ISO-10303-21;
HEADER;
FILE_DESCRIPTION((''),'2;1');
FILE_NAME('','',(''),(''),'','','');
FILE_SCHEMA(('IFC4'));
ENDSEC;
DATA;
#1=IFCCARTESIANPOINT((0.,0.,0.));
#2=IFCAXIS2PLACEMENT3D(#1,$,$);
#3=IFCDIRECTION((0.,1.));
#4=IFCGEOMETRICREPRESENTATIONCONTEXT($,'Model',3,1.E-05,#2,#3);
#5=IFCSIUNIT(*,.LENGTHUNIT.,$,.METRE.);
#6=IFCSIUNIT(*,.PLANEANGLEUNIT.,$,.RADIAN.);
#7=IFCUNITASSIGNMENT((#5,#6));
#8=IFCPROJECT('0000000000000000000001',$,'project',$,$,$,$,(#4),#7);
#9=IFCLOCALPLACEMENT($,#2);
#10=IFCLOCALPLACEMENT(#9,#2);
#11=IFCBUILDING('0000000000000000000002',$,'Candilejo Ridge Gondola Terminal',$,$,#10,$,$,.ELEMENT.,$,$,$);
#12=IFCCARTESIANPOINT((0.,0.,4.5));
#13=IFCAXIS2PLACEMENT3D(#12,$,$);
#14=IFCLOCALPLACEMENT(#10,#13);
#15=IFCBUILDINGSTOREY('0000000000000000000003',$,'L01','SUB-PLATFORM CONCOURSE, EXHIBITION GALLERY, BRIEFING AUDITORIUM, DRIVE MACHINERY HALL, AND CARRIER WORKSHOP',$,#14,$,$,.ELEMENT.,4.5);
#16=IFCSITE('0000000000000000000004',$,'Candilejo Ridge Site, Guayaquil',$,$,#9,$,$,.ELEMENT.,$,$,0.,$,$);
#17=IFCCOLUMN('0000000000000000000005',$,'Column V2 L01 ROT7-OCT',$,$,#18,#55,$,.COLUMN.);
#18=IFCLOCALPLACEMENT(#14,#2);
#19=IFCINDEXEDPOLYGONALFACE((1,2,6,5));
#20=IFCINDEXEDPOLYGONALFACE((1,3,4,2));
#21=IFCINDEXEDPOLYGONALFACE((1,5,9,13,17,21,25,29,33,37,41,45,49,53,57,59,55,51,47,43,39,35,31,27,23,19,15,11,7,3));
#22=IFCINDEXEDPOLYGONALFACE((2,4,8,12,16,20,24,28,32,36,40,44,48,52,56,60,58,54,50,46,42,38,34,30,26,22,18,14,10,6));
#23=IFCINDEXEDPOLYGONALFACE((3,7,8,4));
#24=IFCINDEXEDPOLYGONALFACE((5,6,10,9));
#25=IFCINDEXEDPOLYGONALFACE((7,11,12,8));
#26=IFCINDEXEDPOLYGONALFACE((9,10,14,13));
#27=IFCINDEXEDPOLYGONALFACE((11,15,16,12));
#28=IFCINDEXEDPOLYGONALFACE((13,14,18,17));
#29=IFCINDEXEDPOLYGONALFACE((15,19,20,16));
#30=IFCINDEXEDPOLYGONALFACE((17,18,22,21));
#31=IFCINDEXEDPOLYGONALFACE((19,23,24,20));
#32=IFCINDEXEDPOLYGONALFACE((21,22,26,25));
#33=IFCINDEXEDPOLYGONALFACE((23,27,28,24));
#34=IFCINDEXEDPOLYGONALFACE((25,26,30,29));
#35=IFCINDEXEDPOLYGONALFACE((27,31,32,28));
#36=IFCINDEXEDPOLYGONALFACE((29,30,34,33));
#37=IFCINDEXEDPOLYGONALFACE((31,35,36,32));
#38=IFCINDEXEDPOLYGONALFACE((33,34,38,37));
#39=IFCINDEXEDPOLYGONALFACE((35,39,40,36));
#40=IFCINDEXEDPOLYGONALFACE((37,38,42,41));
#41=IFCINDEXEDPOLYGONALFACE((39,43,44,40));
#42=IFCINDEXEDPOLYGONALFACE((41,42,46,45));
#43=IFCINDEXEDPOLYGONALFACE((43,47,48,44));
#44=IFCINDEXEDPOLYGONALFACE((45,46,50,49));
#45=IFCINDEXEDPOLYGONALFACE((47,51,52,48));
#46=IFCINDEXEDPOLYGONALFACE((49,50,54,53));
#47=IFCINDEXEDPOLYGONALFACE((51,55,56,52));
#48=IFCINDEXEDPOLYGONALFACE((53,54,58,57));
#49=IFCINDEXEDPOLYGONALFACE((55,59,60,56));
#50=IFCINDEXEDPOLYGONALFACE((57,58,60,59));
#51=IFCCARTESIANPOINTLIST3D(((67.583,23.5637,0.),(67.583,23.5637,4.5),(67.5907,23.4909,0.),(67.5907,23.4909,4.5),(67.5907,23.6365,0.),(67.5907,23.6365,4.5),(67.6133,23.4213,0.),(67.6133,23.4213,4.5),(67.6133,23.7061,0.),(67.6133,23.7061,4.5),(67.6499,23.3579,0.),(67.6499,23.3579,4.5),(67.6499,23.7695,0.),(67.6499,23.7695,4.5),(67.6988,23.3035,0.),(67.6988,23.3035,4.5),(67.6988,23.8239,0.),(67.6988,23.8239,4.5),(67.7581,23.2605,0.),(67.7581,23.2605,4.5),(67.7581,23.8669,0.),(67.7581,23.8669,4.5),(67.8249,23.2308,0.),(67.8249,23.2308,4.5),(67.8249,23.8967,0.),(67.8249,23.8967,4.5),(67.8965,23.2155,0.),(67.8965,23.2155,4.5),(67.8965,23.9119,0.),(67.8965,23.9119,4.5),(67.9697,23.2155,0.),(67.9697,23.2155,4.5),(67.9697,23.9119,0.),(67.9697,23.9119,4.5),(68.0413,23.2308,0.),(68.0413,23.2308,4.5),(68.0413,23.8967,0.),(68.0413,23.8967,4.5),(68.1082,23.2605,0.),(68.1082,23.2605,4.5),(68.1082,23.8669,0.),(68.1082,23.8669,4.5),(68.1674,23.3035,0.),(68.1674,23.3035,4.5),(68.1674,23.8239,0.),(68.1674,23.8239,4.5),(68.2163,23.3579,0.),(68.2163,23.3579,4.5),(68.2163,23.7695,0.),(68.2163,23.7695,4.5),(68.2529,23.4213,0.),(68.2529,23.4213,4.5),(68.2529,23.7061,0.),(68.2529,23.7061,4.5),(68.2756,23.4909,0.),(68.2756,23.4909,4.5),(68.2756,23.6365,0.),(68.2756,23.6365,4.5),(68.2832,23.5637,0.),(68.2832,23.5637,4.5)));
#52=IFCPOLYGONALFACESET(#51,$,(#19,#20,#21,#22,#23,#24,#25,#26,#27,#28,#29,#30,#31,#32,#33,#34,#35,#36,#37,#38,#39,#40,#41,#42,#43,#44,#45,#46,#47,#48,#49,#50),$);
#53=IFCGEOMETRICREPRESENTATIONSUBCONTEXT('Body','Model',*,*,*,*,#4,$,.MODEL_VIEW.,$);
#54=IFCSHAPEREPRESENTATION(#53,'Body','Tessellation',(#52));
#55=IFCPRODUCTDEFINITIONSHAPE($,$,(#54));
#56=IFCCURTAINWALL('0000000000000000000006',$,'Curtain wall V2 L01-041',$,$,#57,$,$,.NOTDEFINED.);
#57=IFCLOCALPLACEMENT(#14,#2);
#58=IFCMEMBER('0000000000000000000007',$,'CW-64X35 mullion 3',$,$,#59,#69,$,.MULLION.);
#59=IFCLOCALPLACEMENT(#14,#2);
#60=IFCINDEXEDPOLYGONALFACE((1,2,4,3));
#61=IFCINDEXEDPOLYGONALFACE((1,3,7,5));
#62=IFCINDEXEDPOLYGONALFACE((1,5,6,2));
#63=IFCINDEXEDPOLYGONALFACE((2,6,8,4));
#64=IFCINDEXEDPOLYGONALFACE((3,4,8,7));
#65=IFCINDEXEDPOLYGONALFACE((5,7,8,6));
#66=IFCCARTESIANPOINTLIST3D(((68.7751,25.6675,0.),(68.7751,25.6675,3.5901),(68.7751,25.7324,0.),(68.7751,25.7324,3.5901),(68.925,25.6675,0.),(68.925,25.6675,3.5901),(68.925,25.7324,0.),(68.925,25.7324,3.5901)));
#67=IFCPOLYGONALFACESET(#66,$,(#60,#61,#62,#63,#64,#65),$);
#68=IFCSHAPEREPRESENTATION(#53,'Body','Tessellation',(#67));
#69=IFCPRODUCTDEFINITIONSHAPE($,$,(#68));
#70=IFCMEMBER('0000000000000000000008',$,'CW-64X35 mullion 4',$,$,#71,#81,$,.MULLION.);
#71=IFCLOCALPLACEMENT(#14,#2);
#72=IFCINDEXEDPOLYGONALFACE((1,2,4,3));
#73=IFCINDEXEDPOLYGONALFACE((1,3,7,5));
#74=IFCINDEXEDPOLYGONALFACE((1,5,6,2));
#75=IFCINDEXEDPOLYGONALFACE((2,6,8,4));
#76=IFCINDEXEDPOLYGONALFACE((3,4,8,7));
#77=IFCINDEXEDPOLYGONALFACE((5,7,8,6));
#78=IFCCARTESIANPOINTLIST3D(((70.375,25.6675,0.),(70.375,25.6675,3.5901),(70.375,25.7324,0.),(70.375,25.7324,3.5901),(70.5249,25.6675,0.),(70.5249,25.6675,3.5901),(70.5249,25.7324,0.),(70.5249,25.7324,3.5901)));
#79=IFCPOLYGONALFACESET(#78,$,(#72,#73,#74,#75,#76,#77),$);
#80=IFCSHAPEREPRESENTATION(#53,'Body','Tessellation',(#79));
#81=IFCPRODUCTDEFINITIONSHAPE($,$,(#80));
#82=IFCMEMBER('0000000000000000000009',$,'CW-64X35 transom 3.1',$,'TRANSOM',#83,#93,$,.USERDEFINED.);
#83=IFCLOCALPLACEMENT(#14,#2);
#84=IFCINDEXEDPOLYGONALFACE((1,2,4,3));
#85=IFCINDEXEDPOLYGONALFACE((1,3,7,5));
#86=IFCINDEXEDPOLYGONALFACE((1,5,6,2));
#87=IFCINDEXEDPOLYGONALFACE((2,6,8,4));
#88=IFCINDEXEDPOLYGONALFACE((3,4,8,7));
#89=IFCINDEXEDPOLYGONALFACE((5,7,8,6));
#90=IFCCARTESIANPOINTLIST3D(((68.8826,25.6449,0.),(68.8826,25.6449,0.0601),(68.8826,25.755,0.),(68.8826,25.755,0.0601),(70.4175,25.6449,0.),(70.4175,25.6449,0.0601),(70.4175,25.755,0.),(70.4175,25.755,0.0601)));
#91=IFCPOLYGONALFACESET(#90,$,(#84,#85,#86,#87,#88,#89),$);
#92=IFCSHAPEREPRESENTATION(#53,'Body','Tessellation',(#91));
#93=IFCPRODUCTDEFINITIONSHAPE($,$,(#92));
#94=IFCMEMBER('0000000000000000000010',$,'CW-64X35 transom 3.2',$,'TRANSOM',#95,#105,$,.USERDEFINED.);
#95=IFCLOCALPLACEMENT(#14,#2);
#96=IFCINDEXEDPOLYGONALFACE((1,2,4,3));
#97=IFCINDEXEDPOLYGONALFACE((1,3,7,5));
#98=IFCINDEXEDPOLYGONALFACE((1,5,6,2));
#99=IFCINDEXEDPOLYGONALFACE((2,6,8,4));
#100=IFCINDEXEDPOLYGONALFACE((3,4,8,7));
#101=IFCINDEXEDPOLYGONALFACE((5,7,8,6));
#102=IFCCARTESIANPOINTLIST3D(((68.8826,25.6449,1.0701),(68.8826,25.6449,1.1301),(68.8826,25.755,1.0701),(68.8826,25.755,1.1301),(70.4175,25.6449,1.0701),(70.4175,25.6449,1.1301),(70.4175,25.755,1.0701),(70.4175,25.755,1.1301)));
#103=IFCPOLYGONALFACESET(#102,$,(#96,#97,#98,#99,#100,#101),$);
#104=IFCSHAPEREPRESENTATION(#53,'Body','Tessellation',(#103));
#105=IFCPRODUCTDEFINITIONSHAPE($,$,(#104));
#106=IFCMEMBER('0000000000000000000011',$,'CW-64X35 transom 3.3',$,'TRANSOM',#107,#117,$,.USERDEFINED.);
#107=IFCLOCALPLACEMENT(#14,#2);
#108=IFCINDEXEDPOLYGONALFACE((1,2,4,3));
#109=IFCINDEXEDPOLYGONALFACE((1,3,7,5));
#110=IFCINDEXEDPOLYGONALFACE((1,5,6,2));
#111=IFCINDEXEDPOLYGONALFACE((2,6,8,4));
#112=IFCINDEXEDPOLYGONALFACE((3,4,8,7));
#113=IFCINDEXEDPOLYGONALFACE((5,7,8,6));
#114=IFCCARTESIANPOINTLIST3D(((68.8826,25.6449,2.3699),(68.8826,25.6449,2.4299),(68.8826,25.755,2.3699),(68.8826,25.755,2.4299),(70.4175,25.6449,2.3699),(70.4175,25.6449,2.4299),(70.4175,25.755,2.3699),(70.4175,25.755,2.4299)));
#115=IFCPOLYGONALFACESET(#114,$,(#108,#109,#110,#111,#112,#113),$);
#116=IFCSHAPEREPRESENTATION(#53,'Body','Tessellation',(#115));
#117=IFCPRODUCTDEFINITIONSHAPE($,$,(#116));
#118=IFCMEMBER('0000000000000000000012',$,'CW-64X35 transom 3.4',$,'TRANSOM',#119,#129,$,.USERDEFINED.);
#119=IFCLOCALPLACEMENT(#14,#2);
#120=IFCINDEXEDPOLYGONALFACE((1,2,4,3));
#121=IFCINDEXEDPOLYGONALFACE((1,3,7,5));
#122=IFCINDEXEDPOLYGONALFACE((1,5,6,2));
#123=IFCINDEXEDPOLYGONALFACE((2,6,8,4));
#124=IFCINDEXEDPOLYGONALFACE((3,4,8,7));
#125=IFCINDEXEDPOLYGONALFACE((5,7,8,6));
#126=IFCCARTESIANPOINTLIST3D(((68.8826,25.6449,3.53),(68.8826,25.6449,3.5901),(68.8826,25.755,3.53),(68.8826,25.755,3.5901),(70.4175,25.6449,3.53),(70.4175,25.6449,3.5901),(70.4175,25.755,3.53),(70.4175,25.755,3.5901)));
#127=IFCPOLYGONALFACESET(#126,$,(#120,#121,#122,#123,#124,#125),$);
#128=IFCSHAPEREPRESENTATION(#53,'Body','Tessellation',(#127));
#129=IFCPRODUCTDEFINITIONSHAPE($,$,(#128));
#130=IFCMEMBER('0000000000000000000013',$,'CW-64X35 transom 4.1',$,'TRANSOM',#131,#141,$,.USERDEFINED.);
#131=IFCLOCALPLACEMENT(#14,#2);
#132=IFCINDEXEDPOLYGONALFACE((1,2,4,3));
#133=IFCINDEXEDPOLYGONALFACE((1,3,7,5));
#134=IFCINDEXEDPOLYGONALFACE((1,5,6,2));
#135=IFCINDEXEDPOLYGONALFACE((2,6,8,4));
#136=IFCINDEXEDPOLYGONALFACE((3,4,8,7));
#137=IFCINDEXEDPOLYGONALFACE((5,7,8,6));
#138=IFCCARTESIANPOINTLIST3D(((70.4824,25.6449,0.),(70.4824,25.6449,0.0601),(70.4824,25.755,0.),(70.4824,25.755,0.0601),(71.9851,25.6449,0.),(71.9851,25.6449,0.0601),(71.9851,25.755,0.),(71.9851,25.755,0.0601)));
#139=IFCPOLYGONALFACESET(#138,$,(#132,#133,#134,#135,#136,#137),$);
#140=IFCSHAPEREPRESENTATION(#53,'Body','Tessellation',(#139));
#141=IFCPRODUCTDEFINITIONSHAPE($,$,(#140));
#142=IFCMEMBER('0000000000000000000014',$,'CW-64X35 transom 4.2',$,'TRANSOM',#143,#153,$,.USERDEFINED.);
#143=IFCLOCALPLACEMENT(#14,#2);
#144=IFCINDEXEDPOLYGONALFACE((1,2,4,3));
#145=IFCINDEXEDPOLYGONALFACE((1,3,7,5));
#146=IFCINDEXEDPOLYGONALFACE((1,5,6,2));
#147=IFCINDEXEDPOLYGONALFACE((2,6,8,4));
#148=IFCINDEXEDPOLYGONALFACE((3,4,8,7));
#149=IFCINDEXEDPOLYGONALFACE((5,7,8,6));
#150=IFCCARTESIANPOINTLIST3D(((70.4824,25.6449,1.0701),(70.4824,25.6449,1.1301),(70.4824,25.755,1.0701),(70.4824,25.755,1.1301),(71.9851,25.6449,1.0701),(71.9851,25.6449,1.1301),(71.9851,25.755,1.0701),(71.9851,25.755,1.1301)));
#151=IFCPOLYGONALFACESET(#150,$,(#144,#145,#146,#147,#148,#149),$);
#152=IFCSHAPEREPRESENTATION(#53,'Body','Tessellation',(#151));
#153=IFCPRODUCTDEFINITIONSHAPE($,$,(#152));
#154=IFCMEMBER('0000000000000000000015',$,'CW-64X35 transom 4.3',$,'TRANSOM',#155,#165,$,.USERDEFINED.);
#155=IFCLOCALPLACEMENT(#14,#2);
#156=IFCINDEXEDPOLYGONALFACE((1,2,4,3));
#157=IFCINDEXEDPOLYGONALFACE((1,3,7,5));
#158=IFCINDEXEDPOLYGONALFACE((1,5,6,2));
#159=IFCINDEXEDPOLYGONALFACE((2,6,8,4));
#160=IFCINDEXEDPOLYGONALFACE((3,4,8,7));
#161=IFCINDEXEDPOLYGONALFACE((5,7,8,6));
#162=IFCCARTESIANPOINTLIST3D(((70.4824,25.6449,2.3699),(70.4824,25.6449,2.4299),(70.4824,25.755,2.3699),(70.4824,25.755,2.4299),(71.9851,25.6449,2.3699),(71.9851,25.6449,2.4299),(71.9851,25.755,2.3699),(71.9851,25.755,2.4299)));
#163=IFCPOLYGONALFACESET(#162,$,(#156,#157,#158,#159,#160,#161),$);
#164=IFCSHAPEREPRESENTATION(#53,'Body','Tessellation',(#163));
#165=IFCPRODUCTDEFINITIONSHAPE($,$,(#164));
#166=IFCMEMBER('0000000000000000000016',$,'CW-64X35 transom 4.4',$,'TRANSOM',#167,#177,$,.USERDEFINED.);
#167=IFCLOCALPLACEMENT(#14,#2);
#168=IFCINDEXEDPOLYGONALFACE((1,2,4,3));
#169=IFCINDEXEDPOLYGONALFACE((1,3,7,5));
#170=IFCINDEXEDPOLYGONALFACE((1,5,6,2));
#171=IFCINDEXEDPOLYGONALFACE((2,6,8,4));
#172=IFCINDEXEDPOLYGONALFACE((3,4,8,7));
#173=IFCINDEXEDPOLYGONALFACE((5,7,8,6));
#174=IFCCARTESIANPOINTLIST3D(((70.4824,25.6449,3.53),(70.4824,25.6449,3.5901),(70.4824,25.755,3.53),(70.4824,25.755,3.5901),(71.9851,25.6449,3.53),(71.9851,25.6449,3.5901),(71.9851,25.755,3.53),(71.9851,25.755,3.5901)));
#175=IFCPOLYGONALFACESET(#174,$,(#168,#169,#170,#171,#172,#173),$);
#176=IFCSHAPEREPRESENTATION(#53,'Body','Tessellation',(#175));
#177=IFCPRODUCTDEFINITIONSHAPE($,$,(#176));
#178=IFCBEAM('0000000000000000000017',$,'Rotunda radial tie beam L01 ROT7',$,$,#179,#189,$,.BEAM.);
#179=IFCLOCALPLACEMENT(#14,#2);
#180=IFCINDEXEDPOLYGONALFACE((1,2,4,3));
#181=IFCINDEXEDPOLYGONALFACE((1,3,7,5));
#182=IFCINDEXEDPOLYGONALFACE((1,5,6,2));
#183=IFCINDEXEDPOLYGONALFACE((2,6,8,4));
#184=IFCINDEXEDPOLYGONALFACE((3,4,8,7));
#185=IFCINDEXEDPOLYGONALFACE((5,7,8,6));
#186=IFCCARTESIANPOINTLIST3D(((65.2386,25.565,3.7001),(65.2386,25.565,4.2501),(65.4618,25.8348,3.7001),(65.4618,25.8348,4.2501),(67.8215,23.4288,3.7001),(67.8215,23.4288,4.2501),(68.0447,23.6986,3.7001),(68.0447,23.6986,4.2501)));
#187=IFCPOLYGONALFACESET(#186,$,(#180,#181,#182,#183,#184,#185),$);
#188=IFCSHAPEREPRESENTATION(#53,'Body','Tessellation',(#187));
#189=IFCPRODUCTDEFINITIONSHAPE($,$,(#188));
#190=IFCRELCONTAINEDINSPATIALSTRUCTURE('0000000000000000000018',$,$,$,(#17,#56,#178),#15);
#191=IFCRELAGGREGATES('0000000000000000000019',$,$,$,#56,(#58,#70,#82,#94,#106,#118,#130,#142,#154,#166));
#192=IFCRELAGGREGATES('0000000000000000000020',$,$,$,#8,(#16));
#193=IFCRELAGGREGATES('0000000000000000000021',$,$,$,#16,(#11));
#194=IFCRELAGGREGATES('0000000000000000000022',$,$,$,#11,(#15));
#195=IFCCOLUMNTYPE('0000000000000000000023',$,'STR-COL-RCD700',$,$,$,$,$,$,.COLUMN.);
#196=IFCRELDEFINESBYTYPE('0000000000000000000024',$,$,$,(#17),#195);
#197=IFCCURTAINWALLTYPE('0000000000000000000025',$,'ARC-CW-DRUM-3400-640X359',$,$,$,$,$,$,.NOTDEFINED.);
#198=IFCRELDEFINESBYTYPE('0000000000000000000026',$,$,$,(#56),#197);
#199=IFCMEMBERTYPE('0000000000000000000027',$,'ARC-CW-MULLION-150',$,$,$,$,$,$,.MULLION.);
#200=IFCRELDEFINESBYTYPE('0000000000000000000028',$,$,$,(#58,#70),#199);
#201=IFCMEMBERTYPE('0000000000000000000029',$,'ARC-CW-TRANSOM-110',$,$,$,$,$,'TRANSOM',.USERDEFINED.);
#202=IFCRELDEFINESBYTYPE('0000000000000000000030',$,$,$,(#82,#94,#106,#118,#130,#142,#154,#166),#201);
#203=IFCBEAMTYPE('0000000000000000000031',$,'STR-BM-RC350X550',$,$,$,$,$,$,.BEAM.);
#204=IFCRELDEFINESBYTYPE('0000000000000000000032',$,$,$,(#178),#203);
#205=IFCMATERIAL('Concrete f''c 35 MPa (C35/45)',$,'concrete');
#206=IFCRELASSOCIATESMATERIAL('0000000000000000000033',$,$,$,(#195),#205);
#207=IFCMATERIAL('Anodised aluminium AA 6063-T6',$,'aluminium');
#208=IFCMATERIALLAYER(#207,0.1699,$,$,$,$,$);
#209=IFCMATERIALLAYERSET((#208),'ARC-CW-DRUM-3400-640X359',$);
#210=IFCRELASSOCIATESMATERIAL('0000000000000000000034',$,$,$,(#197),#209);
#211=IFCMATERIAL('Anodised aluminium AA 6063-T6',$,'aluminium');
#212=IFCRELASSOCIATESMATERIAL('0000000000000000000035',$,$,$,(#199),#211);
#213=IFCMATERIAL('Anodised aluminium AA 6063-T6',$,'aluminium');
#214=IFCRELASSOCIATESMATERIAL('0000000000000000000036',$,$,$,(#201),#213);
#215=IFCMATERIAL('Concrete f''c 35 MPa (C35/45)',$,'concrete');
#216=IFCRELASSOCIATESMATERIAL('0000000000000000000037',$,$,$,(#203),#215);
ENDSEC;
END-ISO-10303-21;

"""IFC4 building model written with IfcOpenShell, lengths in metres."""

from ifc_helpers import new_model, si_unit, direction, frame, origin, origin_2d, place, context, subcontext, project, spatial, rectangle, circle, extrude, material, layer, layer_set, material_profile, profile_set, type_object, element, aggregate, save


model = new_model("IFC4")

# Units and contexts
model_context = context("Model", 3, precision=1e-05, world=origin(), true_north=direction((0.0, 1.0)))
body_context = subcontext(model_context, "Body", "Model", "MODEL_VIEW")
ifc_project = project(units=[si_unit("LENGTHUNIT", "METRE"), si_unit("PLANEANGLEUNIT", "RADIAN")], contexts=[model_context])

# Site, building, storey
site_placement = place(None, origin())
site = spatial("IfcSite", under=ifc_project, at=site_placement, Name="Candilejo Ridge Site, Guayaquil", CompositionType="ELEMENT", RefElevation=0.0)
building_placement = place(site_placement, origin())
building = spatial("IfcBuilding", under=site, at=building_placement, Name="Candilejo Ridge Gondola Terminal", CompositionType="ELEMENT")
storey_placement = place(building_placement, frame((0.0, 0.0, 4.5)))
storey = spatial("IfcBuildingStorey", under=building, at=storey_placement, Name="L01", Description="SUB-PLATFORM CONCOURSE, EXHIBITION GALLERY, BRIEFING AUDITORIUM, DRIVE MACHINERY HALL, AND CARRIER WORKSHOP", CompositionType="ELEMENT", Elevation=4.5)

# Column
ifc_material_1 = material(Name="Concrete f'c 35 MPa (C35/45)", Category="concrete")
ifc_material_profile_1 = material_profile(ifc_material_1, circle(Radius=0.3501, at=origin_2d()))
ifc_profile_set_1 = profile_set([ifc_material_profile_1], Name="Concrete f'c 35 MPa (C35/45)")
column_type = type_object("IfcColumnType", Name="STR-COL-RCD700", PredefinedType="COLUMN", material=ifc_profile_set_1)
column_placement = place(storey_placement, frame((67.9331, 23.5637, 0.0), z_axis=(0.0, 0.0, 1.0), x_axis=(1.0, 0.0, 0.0)))
element("IfcColumn", 1, at=column_placement, inside=storey, type_object=column_type, Name="Column V2 L01 ROT7-OCT", PredefinedType="COLUMN", context=body_context, shape_type="SweptSolid", body=[
    extrude(circle(Radius=0.3501, at=origin_2d()), origin(), (0.0, 0.0, 1.0), 4.5),
])

# Curtain wall, members
ifc_material_2 = material(Name="Anodised aluminium AA 6063-T6", Category="aluminium")
ifc_layer_1 = layer(ifc_material_2, 0.1699)
ifc_layer_set_1 = layer_set([ifc_layer_1], Name="ARC-CW-DRUM-3400-640X359")
curtain_wall_type = type_object("IfcCurtainWallType", Name="ARC-CW-DRUM-3400-640X359", PredefinedType="NOTDEFINED", material=ifc_layer_set_1)
curtain_wall_placement = place(storey_placement, origin())
curtain_wall = element("IfcCurtainWall", 2, at=curtain_wall_placement, inside=storey, type_object=curtain_wall_type, Name="Curtain wall V2 L01-041", PredefinedType="NOTDEFINED")
ifc_material_3 = material(Name="Anodised aluminium AA 6063-T6", Category="aluminium")
ifc_material_profile_2 = material_profile(ifc_material_3, rectangle(XDim=0.0649, YDim=0.1499, at=origin_2d()))
ifc_profile_set_2 = profile_set([ifc_material_profile_2], Name="Anodised aluminium AA 6063-T6")
member_type_1 = type_object("IfcMemberType", Name="ARC-CW-MULLION-150", PredefinedType="MULLION", material=ifc_profile_set_2)
member_1_placement = place(storey_placement, frame((68.8501, 25.7, 0.0), z_axis=(0.0, 0.0, 1.0), x_axis=(0.0, 1.0, 0.0)))
member_1 = element("IfcMember", 3, at=member_1_placement, type_object=member_type_1, Name="CW-64X35 mullion 3", PredefinedType="MULLION", context=body_context, shape_type="SweptSolid", body=[
    extrude(rectangle(XDim=0.0649, YDim=0.1499, at=origin_2d()), origin(), (0.0, 0.0, 1.0), 3.5901),
])
member_2_placement = place(storey_placement, frame((70.45, 25.7, 0.0), z_axis=(0.0, 0.0, 1.0), x_axis=(0.0, 1.0, 0.0)))
member_2 = element("IfcMember", 4, at=member_2_placement, type_object=member_type_1, Name="CW-64X35 mullion 4", PredefinedType="MULLION", context=body_context, shape_type="SweptSolid", body=[
    extrude(rectangle(XDim=0.0649, YDim=0.1499, at=origin_2d()), origin(), (0.0, 0.0, 1.0), 3.5901),
])
ifc_material_4 = material(Name="Anodised aluminium AA 6063-T6", Category="aluminium")
ifc_material_profile_3 = material_profile(ifc_material_4, rectangle(XDim=0.1101, YDim=0.0601, at=origin_2d()))
ifc_profile_set_3 = profile_set([ifc_material_profile_3], Name="Anodised aluminium AA 6063-T6")
member_type_2 = type_object("IfcMemberType", Name="ARC-CW-TRANSOM-110", ElementType="TRANSOM", PredefinedType="USERDEFINED", material=ifc_profile_set_3)
member_3_placement = place(storey_placement, frame((68.8826, 25.7, 0.03), z_axis=(1.0, 0.0, 0.0), x_axis=(0.0, 1.0, 0.0)))
member_3 = element("IfcMember", 5, at=member_3_placement, type_object=member_type_2, Name="CW-64X35 transom 3.1", ObjectType="TRANSOM", PredefinedType="USERDEFINED", context=body_context, shape_type="SweptSolid", body=[
    extrude(rectangle(XDim=0.1101, YDim=0.0601, at=origin_2d()), origin(), (0.0, 0.0, 1.0), 1.5349),
])
member_4_placement = place(storey_placement, frame((68.8826, 25.7, 1.1001), z_axis=(1.0, 0.0, 0.0), x_axis=(0.0, 1.0, 0.0)))
member_4 = element("IfcMember", 6, at=member_4_placement, type_object=member_type_2, Name="CW-64X35 transom 3.2", ObjectType="TRANSOM", PredefinedType="USERDEFINED", context=body_context, shape_type="SweptSolid", body=[
    extrude(rectangle(XDim=0.1101, YDim=0.0601, at=origin_2d()), origin(), (0.0, 0.0, 1.0), 1.5349),
])
member_5_placement = place(storey_placement, frame((68.8826, 25.7, 2.3999), z_axis=(1.0, 0.0, 0.0), x_axis=(0.0, 1.0, 0.0)))
member_5 = element("IfcMember", 7, at=member_5_placement, type_object=member_type_2, Name="CW-64X35 transom 3.3", ObjectType="TRANSOM", PredefinedType="USERDEFINED", context=body_context, shape_type="SweptSolid", body=[
    extrude(rectangle(XDim=0.1101, YDim=0.0601, at=origin_2d()), origin(), (0.0, 0.0, 1.0), 1.5349),
])
member_6_placement = place(storey_placement, frame((68.8826, 25.7, 3.5601), z_axis=(1.0, 0.0, 0.0), x_axis=(0.0, 1.0, 0.0)))
member_6 = element("IfcMember", 8, at=member_6_placement, type_object=member_type_2, Name="CW-64X35 transom 3.4", ObjectType="TRANSOM", PredefinedType="USERDEFINED", context=body_context, shape_type="SweptSolid", body=[
    extrude(rectangle(XDim=0.1101, YDim=0.0601, at=origin_2d()), origin(), (0.0, 0.0, 1.0), 1.5349),
])
member_7_placement = place(storey_placement, frame((70.4824, 25.7, 0.03), z_axis=(1.0, 0.0, 0.0), x_axis=(0.0, 1.0, 0.0)))
member_7 = element("IfcMember", 9, at=member_7_placement, type_object=member_type_2, Name="CW-64X35 transom 4.1", ObjectType="TRANSOM", PredefinedType="USERDEFINED", context=body_context, shape_type="SweptSolid", body=[
    extrude(rectangle(XDim=0.1101, YDim=0.0601, at=origin_2d()), origin(), (0.0, 0.0, 1.0), 1.5027),
])
member_8_placement = place(storey_placement, frame((70.4824, 25.7, 1.1001), z_axis=(1.0, 0.0, 0.0), x_axis=(0.0, 1.0, 0.0)))
member_8 = element("IfcMember", 10, at=member_8_placement, type_object=member_type_2, Name="CW-64X35 transom 4.2", ObjectType="TRANSOM", PredefinedType="USERDEFINED", context=body_context, shape_type="SweptSolid", body=[
    extrude(rectangle(XDim=0.1101, YDim=0.0601, at=origin_2d()), origin(), (0.0, 0.0, 1.0), 1.5027),
])
member_9_placement = place(storey_placement, frame((70.4824, 25.7, 2.3999), z_axis=(1.0, 0.0, 0.0), x_axis=(0.0, 1.0, 0.0)))
member_9 = element("IfcMember", 11, at=member_9_placement, type_object=member_type_2, Name="CW-64X35 transom 4.3", ObjectType="TRANSOM", PredefinedType="USERDEFINED", context=body_context, shape_type="SweptSolid", body=[
    extrude(rectangle(XDim=0.1101, YDim=0.0601, at=origin_2d()), origin(), (0.0, 0.0, 1.0), 1.5027),
])
member_10_placement = place(storey_placement, frame((70.4824, 25.7, 3.5601), z_axis=(1.0, 0.0, 0.0), x_axis=(0.0, 1.0, 0.0)))
member_10 = element("IfcMember", 12, at=member_10_placement, type_object=member_type_2, Name="CW-64X35 transom 4.4", ObjectType="TRANSOM", PredefinedType="USERDEFINED", context=body_context, shape_type="SweptSolid", body=[
    extrude(rectangle(XDim=0.1101, YDim=0.0601, at=origin_2d()), origin(), (0.0, 0.0, 1.0), 1.5027),
])

# Beam
ifc_material_5 = material(Name="Concrete f'c 35 MPa (C35/45)", Category="concrete")
ifc_material_profile_4 = material_profile(ifc_material_5, rectangle(XDim=0.3501, YDim=0.55, at=origin_2d()))
ifc_profile_set_4 = profile_set([ifc_material_profile_4], Name="Concrete f'c 35 MPa (C35/45)")
beam_type = type_object("IfcBeamType", Name="STR-BM-RC350X550", PredefinedType="BEAM", material=ifc_profile_set_4)
beam_1_placement = place(storey_placement, frame((67.9331, 23.5637, 3.9751), z_axis=(-0.770604, 0.637314, 0.0), x_axis=(-0.637314, -0.770604, 0.0)))
element("IfcBeam", 13, at=beam_1_placement, inside=storey, type_object=beam_type, Name="Rotunda radial tie beam L01 ROT7", PredefinedType="BEAM", context=body_context, shape_type="SweptSolid", body=[
    extrude(rectangle(XDim=0.3501, YDim=0.55, at=origin_2d()), origin(), (0.0, 0.0, 1.0), 3.3518),
])

aggregate(curtain_wall, [member_1, member_2, member_3, member_4, member_5, member_6, member_7, member_8, member_9, member_10])

save(model, "model.ifc")
